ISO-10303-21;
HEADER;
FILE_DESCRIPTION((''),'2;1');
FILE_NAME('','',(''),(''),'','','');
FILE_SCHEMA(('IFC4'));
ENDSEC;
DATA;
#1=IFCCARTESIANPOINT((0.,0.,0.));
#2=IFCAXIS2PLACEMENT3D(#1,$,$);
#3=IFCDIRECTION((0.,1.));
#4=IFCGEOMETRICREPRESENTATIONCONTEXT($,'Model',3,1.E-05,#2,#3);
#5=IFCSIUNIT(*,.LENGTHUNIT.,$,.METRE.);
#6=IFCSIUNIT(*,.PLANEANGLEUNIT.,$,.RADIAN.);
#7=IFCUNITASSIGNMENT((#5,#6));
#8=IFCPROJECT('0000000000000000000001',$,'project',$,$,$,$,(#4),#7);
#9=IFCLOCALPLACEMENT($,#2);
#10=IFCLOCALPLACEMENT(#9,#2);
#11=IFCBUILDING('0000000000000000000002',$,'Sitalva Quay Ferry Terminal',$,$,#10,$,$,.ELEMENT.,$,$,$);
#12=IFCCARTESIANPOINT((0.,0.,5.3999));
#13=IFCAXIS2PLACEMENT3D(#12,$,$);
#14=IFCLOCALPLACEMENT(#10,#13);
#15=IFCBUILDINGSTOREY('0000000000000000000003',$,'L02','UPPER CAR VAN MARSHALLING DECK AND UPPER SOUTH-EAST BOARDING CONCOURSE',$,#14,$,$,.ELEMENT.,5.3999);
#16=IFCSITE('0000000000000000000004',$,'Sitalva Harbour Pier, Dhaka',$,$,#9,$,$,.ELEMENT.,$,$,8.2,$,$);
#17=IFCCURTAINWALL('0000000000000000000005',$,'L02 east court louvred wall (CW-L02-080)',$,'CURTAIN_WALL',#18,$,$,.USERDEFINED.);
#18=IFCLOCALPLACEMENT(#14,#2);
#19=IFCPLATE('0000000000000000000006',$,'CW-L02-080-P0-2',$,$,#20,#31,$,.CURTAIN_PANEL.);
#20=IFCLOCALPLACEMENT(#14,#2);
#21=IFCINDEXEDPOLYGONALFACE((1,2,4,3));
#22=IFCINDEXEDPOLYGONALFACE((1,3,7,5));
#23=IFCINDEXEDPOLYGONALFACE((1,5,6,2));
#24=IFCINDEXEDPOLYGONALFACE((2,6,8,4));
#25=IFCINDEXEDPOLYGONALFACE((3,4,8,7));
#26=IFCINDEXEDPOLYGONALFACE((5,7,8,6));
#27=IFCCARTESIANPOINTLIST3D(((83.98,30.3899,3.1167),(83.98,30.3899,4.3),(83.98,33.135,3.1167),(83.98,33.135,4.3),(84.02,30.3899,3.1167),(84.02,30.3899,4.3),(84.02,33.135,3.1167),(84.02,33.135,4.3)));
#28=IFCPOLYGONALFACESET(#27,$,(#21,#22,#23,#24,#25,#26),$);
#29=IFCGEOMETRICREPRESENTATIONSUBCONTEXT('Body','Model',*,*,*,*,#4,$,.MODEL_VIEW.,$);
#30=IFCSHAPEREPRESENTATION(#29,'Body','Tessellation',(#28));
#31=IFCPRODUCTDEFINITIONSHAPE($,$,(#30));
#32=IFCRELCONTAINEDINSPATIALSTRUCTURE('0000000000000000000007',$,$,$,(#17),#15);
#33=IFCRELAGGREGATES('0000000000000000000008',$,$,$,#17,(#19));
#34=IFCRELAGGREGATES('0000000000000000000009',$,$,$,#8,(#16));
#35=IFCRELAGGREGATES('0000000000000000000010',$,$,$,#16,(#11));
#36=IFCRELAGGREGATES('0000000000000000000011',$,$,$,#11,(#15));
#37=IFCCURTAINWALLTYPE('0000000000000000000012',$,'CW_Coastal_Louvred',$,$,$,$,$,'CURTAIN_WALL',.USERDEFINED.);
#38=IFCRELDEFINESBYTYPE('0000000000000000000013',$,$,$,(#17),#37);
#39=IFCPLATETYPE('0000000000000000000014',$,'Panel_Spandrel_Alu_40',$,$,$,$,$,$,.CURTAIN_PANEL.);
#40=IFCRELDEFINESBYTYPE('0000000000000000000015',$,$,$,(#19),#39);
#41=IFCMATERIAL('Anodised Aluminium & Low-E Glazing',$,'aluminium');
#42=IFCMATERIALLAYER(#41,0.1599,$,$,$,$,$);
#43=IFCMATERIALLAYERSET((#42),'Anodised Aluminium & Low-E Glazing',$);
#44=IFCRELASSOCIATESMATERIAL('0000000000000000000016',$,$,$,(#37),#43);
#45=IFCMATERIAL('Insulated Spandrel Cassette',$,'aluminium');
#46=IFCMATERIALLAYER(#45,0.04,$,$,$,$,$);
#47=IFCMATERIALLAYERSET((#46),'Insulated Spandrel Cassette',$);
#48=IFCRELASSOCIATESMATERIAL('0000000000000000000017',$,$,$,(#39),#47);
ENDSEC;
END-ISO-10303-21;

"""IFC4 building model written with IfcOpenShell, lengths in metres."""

from ifc_helpers import new_model, si_unit, direction, frame, origin, origin_2d, place, context, subcontext, project, spatial, rectangle, extrude, material, layer, layer_set, type_object, element, aggregate, save


model = new_model("IFC4")

# Units and contexts
model_context = context("Model", 3, precision=1e-05, world=origin(), true_north=direction((0.0, 1.0)))
body_context = subcontext(model_context, "Body", "Model", "MODEL_VIEW")
ifc_project = project(units=[si_unit("LENGTHUNIT", "METRE"), si_unit("PLANEANGLEUNIT", "RADIAN")], contexts=[model_context])

# Site, building, storey
site_placement = place(None, origin())
site = spatial("IfcSite", under=ifc_project, at=site_placement, Name="Sitalva Harbour Pier, Dhaka", CompositionType="ELEMENT", RefElevation=8.2)
building_placement = place(site_placement, origin())
building = spatial("IfcBuilding", under=site, at=building_placement, Name="Sitalva Quay Ferry Terminal", CompositionType="ELEMENT")
storey_placement = place(building_placement, frame((0.0, 0.0, 5.3999)))
storey = spatial("IfcBuildingStorey", under=building, at=storey_placement, Name="L02", Description="UPPER CAR VAN MARSHALLING DECK AND UPPER SOUTH-EAST BOARDING CONCOURSE", CompositionType="ELEMENT", Elevation=5.3999)

# Curtain wall
ifc_material_1 = material(Name="Anodised Aluminium & Low-E Glazing", Category="aluminium")
ifc_layer_1 = layer(ifc_material_1, 0.1599)
ifc_layer_set_1 = layer_set([ifc_layer_1], Name="Anodised Aluminium & Low-E Glazing")
curtain_wall_type_1 = type_object("IfcCurtainWallType", Name="CW_Coastal_Louvred", ElementType="CURTAIN_WALL", PredefinedType="USERDEFINED", material=ifc_layer_set_1)
curtain_wall_1_placement = place(storey_placement, origin())
curtain_wall_1 = element("IfcCurtainWall", 1, at=curtain_wall_1_placement, inside=storey, type_object=curtain_wall_type_1, Name="L02 east court louvred wall (CW-L02-080)", ObjectType="CURTAIN_WALL", PredefinedType="USERDEFINED")

# Plate
ifc_material_2 = material(Name="Insulated Spandrel Cassette", Category="aluminium")
ifc_layer_2 = layer(ifc_material_2, 0.04)
ifc_layer_set_2 = layer_set([ifc_layer_2], Name="Insulated Spandrel Cassette")
plate_type_1 = type_object("IfcPlateType", Name="Panel_Spandrel_Alu_40", PredefinedType="CURTAIN_PANEL", material=ifc_layer_set_2)
plate_1_placement = place(storey_placement, frame((84.0, 31.7625, 3.1167), z_axis=(0.0, 0.0, 1.0), x_axis=(0.0, 1.0, 0.0)))
plate_1 = element("IfcPlate", 2, at=plate_1_placement, type_object=plate_type_1, Name="CW-L02-080-P0-2", PredefinedType="CURTAIN_PANEL", context=body_context, shape_type="SweptSolid", body=[
    extrude(rectangle(XDim=2.7451, YDim=0.04, at=origin_2d()), origin(), (0.0, 0.0, 1.0), 1.1833),
])
aggregate(curtain_wall_1, [plate_1])

save(model, "model.ifc")
